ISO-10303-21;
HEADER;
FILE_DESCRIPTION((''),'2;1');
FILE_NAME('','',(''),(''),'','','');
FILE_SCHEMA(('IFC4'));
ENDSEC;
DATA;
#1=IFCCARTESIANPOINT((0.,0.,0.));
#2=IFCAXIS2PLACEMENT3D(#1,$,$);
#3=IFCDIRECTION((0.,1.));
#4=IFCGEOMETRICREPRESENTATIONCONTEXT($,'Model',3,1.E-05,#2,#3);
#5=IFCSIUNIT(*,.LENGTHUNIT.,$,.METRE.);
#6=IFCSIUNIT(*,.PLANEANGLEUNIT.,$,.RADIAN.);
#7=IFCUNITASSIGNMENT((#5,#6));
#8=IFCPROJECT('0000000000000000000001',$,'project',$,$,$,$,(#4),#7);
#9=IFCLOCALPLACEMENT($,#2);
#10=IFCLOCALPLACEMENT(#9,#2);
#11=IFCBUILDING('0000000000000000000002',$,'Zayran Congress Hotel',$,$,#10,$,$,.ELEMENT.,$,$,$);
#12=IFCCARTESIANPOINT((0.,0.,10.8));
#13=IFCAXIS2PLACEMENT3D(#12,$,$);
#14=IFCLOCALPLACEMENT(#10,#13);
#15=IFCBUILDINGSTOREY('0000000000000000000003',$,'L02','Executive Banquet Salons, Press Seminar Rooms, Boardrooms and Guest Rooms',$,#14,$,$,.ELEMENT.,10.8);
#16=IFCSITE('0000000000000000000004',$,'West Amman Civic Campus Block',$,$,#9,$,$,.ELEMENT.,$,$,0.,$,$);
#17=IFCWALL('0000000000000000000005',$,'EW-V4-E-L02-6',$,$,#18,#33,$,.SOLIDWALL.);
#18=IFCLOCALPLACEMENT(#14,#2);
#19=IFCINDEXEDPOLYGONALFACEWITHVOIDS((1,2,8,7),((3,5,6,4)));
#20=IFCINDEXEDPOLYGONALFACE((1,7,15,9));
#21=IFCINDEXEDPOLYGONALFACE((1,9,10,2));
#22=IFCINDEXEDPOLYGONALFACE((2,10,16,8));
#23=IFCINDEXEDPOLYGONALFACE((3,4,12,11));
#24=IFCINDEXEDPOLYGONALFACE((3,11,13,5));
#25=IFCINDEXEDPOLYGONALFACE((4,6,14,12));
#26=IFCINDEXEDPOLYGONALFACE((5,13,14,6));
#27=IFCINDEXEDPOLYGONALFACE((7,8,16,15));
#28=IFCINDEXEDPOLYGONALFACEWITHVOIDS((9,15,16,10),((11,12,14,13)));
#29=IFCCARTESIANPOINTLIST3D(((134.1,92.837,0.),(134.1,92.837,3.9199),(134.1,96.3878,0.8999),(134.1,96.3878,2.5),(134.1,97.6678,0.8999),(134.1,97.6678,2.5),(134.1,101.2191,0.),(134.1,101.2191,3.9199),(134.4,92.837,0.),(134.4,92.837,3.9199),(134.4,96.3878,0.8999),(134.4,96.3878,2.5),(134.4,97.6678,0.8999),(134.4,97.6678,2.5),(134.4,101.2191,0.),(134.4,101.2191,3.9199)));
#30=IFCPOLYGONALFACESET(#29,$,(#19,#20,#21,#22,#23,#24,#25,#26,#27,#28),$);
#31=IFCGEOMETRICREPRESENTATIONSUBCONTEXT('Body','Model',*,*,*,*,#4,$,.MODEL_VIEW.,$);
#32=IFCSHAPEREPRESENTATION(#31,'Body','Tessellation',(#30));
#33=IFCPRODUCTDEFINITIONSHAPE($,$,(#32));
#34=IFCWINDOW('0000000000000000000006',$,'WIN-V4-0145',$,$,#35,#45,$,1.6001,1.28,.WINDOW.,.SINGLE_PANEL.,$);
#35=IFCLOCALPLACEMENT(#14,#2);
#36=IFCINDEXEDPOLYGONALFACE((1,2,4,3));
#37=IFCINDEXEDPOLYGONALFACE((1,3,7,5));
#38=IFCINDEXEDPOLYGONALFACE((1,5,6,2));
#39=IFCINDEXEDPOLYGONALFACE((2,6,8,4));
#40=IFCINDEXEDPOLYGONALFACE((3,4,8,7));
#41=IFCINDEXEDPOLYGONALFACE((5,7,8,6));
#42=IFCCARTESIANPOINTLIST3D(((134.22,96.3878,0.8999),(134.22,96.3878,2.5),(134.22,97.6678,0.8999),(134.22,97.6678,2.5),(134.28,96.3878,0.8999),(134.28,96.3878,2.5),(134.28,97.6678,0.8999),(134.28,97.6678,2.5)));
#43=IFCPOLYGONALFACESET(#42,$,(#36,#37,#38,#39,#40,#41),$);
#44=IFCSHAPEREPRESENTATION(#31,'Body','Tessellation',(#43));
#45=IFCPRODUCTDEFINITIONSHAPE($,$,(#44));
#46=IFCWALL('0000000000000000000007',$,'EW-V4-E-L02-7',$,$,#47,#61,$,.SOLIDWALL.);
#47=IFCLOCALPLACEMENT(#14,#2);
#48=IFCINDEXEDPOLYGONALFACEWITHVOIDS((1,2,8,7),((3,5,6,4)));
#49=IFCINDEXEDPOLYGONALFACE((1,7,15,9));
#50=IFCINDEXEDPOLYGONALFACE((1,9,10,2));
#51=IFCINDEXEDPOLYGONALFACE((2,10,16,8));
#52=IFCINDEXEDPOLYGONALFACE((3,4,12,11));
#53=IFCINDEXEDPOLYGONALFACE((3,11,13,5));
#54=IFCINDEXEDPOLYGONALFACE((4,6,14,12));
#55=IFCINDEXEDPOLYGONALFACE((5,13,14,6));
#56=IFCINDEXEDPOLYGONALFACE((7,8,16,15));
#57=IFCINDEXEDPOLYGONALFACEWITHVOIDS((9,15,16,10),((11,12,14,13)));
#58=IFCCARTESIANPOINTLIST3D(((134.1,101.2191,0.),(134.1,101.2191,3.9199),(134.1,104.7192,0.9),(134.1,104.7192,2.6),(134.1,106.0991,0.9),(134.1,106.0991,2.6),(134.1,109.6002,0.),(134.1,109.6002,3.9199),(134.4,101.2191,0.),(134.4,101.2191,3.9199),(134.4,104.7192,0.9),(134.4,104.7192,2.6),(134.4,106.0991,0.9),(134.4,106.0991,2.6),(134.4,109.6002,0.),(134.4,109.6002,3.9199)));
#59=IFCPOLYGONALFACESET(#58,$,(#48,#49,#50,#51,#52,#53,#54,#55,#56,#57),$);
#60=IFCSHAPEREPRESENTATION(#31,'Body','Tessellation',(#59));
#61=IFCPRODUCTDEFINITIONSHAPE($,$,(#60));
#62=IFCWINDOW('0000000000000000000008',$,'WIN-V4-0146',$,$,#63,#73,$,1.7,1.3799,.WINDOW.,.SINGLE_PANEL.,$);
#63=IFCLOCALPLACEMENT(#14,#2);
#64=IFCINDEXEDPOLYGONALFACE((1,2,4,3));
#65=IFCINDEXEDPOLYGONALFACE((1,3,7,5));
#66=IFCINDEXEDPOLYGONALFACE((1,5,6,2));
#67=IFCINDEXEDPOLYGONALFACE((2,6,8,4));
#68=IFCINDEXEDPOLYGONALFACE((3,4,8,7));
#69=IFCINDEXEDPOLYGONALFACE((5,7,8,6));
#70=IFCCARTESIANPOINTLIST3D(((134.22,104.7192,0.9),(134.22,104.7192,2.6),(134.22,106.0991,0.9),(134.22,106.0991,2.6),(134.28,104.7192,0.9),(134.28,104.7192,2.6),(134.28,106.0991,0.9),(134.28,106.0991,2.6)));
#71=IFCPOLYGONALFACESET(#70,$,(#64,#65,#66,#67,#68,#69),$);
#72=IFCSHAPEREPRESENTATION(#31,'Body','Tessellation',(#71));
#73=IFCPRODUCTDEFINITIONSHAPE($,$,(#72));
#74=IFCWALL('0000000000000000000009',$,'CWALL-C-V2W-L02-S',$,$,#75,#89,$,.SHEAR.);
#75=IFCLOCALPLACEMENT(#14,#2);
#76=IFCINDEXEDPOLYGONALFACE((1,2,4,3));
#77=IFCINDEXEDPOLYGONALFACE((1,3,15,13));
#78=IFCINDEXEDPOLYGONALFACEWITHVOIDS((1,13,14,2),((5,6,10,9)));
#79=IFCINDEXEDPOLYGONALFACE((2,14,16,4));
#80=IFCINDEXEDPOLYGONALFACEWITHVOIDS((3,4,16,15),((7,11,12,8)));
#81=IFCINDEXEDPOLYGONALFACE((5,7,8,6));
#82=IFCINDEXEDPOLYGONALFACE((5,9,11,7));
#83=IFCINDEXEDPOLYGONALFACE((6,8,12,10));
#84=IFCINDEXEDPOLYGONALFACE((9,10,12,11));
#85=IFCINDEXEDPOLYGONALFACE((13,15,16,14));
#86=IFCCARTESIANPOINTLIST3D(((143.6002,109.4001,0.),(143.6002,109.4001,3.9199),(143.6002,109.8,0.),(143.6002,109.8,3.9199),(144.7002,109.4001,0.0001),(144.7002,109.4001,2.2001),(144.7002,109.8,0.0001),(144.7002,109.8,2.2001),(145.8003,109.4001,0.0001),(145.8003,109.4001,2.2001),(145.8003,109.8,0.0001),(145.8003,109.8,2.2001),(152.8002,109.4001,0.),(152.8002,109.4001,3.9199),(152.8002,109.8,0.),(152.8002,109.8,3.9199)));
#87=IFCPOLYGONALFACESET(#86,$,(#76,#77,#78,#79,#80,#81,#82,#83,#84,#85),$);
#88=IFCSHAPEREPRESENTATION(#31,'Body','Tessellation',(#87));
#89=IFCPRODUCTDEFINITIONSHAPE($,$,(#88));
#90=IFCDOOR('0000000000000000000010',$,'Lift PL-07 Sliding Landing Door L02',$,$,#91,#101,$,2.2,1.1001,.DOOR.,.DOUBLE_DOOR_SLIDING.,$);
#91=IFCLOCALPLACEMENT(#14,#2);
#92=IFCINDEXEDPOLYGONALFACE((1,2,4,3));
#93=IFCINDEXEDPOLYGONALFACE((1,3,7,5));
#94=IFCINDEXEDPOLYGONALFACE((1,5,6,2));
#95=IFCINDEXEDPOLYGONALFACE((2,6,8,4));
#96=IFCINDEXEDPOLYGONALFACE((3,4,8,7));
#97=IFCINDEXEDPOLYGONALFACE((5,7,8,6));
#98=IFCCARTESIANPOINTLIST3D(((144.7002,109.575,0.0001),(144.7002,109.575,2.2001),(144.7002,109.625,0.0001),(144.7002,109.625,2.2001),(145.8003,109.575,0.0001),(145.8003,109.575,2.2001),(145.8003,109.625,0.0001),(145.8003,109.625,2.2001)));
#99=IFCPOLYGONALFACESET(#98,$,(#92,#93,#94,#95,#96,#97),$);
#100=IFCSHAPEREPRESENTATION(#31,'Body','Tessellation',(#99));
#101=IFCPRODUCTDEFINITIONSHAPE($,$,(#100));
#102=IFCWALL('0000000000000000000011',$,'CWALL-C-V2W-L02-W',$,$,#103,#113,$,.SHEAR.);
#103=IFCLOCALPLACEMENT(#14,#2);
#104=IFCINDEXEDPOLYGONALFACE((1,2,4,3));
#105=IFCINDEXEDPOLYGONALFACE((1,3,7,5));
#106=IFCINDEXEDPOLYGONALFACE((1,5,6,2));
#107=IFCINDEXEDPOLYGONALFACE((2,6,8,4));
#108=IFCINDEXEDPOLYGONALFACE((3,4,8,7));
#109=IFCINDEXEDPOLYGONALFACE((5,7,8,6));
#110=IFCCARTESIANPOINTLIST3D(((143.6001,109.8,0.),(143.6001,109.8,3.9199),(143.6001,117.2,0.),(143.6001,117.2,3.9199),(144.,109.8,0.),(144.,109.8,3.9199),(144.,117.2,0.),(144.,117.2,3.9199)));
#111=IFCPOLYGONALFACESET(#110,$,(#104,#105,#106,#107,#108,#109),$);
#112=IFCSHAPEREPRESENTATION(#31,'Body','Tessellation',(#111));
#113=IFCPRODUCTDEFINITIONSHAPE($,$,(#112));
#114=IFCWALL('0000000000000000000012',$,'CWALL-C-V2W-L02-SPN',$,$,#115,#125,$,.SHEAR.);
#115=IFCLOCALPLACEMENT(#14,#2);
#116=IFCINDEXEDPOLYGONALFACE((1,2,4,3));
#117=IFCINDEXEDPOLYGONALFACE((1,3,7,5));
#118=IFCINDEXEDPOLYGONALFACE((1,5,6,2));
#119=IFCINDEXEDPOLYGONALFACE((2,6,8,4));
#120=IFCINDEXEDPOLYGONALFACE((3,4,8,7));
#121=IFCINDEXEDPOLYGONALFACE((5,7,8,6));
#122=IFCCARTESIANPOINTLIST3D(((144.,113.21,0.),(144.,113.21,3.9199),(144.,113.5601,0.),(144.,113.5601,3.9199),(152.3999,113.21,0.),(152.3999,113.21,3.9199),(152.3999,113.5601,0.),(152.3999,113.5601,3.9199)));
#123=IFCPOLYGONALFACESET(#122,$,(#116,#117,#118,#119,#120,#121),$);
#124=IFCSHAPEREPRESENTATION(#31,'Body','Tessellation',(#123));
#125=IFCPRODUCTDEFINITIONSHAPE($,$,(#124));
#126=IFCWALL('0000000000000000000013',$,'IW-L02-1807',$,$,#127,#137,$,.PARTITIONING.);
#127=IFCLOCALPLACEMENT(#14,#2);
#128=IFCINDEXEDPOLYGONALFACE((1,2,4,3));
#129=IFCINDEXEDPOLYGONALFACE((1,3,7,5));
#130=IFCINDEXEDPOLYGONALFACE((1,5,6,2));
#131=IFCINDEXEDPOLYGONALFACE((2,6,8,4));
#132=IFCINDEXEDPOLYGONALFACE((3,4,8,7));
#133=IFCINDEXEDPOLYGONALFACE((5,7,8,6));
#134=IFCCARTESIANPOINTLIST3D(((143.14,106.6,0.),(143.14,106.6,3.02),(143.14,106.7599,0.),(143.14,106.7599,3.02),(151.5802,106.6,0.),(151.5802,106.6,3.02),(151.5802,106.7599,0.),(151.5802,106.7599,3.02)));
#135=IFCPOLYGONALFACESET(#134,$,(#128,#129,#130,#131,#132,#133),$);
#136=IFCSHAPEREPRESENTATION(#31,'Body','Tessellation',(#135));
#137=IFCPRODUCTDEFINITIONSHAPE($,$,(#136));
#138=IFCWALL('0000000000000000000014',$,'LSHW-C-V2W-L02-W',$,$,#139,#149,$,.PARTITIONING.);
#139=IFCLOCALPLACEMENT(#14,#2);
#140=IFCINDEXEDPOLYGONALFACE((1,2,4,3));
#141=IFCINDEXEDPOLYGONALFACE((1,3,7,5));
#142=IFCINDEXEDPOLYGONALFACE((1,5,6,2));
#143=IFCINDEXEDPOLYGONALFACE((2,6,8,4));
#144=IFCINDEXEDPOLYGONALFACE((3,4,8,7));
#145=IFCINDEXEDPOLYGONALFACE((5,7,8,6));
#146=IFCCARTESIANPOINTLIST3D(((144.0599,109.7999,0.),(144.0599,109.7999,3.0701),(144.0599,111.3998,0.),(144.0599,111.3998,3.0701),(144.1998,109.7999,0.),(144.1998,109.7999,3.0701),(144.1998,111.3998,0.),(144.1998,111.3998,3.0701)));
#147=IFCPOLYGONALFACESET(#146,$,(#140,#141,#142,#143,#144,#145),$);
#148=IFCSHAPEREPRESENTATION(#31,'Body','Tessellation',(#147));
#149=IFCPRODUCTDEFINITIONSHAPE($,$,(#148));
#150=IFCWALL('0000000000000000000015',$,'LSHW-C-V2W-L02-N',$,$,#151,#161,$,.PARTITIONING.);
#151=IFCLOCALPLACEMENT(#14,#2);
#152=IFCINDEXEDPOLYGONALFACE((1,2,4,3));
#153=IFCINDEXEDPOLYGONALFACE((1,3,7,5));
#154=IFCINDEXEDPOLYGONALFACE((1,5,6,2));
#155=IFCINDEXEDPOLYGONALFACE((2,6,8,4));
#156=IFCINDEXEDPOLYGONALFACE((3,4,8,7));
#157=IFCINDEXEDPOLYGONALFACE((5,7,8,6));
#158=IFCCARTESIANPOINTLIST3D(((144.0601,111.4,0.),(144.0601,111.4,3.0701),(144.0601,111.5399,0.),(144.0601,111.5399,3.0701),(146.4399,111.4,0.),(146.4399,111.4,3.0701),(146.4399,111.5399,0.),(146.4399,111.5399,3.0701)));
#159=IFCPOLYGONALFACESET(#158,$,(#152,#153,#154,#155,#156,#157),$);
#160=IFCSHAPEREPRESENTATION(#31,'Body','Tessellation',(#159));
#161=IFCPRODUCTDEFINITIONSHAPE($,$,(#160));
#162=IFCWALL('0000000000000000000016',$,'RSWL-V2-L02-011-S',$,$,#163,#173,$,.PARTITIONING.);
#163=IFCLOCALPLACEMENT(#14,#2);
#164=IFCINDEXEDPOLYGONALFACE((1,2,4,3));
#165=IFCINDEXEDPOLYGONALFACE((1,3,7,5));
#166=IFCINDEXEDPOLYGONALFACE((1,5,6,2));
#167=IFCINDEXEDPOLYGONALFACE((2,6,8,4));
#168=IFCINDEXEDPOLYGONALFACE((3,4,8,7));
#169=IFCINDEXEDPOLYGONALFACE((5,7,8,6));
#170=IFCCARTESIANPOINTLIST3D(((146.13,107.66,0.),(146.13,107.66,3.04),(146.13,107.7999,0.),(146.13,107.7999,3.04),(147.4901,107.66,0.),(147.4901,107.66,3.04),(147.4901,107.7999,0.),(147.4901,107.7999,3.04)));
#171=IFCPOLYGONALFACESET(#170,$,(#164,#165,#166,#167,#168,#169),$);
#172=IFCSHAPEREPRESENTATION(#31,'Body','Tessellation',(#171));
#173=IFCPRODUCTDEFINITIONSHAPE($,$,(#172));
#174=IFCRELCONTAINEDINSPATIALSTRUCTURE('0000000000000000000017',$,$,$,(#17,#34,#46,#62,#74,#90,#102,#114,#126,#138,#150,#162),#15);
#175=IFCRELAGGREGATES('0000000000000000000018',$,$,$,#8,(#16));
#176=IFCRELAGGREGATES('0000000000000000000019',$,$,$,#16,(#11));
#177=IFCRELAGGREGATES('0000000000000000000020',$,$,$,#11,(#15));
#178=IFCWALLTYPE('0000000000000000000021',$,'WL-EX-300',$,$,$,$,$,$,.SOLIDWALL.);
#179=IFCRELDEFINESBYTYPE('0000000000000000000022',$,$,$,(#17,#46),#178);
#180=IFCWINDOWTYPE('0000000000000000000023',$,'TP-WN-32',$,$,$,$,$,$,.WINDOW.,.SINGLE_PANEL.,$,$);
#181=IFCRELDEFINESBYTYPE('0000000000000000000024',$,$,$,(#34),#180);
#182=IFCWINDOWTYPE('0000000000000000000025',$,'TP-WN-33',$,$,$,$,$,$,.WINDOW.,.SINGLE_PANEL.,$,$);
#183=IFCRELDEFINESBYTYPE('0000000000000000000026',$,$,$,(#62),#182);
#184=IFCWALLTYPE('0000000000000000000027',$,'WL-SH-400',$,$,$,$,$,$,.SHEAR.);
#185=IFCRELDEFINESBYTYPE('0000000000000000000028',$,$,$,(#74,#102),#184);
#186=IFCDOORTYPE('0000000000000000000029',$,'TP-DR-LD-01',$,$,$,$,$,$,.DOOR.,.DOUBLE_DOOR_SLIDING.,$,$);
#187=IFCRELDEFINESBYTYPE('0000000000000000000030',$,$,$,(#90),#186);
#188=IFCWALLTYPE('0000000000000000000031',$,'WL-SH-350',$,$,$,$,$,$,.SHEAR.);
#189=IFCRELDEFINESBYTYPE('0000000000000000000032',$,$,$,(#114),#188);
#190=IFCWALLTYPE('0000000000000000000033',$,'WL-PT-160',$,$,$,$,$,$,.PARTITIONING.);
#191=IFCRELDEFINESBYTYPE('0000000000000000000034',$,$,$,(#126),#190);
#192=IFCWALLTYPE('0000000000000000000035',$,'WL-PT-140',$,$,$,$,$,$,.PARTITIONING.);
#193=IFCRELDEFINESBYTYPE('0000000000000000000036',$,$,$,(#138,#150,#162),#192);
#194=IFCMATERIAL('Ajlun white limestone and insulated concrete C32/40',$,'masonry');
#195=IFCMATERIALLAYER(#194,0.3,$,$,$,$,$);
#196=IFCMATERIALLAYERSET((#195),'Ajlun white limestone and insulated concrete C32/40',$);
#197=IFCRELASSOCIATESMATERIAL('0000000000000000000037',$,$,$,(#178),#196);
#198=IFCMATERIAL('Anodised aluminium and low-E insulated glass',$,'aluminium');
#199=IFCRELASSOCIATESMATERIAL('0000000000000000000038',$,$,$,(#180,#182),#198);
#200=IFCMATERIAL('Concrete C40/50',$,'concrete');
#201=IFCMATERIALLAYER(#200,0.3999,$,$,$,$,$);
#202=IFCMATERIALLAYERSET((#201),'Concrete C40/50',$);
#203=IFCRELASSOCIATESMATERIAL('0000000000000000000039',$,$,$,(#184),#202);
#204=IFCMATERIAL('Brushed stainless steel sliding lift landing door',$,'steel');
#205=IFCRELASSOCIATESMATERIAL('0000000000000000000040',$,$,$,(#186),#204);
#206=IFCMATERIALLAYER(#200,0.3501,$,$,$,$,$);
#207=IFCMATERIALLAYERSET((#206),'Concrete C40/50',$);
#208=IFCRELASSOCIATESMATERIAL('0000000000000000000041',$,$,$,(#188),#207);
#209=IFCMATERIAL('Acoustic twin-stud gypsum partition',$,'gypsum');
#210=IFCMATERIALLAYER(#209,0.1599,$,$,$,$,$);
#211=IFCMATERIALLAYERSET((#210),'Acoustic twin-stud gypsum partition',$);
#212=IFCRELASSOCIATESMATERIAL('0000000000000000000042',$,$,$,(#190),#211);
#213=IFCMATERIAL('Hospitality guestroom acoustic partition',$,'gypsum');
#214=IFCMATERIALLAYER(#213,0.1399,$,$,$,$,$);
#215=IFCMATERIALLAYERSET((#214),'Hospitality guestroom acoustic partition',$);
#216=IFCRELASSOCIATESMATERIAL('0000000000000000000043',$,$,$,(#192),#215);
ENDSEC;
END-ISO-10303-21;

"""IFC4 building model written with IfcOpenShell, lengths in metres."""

from ifc_helpers import new_model, si_unit, direction, frame, frame_2d, origin, place, context, subcontext, project, spatial, rectangle, extrude, material, layer, layer_set, type_object, element, fill, save


model = new_model("IFC4")

# Units and contexts
model_context = context("Model", 3, precision=1e-05, world=origin(), true_north=direction((0.0, 1.0)))
body_context = subcontext(model_context, "Body", "Model", "MODEL_VIEW")
ifc_project = project(units=[si_unit("LENGTHUNIT", "METRE"), si_unit("PLANEANGLEUNIT", "RADIAN")], contexts=[model_context])

# Site, building, storey
site_placement = place(None, origin())
site = spatial("IfcSite", under=ifc_project, at=site_placement, Name="West Amman Civic Campus Block", CompositionType="ELEMENT", RefElevation=0.0)
building_placement = place(site_placement, origin())
building = spatial("IfcBuilding", under=site, at=building_placement, Name="Zayran Congress Hotel", CompositionType="ELEMENT")
storey_placement = place(building_placement, frame((0.0, 0.0, 10.8)))
storey = spatial("IfcBuildingStorey", under=building, at=storey_placement, Name="L02", Description="Executive Banquet Salons, Press Seminar Rooms, Boardrooms and Guest Rooms", CompositionType="ELEMENT", Elevation=10.8)

# Shared definitions
ifc_material_1 = material(Name="Concrete C40/50", Category="concrete")

# Walls, openings, windows
ifc_material_2 = material(Name="Anodised aluminium and low-E insulated glass", Category="aluminium")
ifc_material_3 = material(Name="Ajlun white limestone and insulated concrete C32/40", Category="masonry")
ifc_layer_1 = layer(ifc_material_3, 0.3)
ifc_layer_set_1 = layer_set([ifc_layer_1], Name="Ajlun white limestone and insulated concrete C32/40")
wall_type_1 = type_object("IfcWallType", Name="WL-EX-300", PredefinedType="SOLIDWALL", material=ifc_layer_set_1)
wall_1_placement = place(storey_placement, frame((134.25, 101.219, 0.0), z_axis=(0.0, 0.0, 1.0), x_axis=(0.0, -1.0, 0.0)))
wall_1 = element("IfcWall", 1, at=wall_1_placement, inside=storey, type_object=wall_type_1, Name="EW-V4-E-L02-6", PredefinedType="SOLIDWALL", context=body_context, shape_type="SweptSolid", body=[
    extrude(rectangle(XDim=8.3821, YDim=0.3, at=frame_2d((4.1909, 0.0))), origin(), (0.0, 0.0, 1.0), 3.9199),
])
opening_1_placement = place(wall_1_placement, frame((3.551, 0.0, 0.8999)))
opening_1 = element("IfcOpeningElement", 2, at=opening_1_placement, cuts=wall_1, PredefinedType="OPENING", context=body_context, shape_type="SweptSolid", body=[
    extrude(rectangle(XDim=1.28, YDim=1.6001, at=frame_2d((0.6401, 0.8))), frame((0.0, 0.1599, 0.0), z_axis=(0.0, -1.0, 0.0), x_axis=(1.0, 0.0, 0.0)), (0.0, 0.0, 1.0), 0.3201),
])
window_type_1 = type_object("IfcWindowType", Name="TP-WN-32", PartitioningType="SINGLE_PANEL", PredefinedType="WINDOW", material=ifc_material_2)
window_1_placement = place(opening_1_placement, origin())
window_1 = element("IfcWindow", 3, at=window_1_placement, inside=storey, type_object=window_type_1, Name="WIN-V4-0145", OverallHeight=1.6001, OverallWidth=1.28, PartitioningType="SINGLE_PANEL", PredefinedType="WINDOW", context=body_context, shape_type="SweptSolid", body=[
    extrude(rectangle(XDim=1.28, YDim=1.6001, at=frame_2d((0.6401, 0.8))), frame((0.0, 0.03, 0.0), z_axis=(0.0, -1.0, 0.0), x_axis=(1.0, 0.0, 0.0)), (0.0, 0.0, 1.0), 0.0601),
])
fill(opening_1, window_1)
wall_2_placement = place(storey_placement, frame((134.25, 109.6001, 0.0), z_axis=(0.0, 0.0, 1.0), x_axis=(0.0, -1.0, 0.0)))
wall_2 = element("IfcWall", 4, at=wall_2_placement, inside=storey, type_object=wall_type_1, Name="EW-V4-E-L02-7", PredefinedType="SOLIDWALL", context=body_context, shape_type="SweptSolid", body=[
    extrude(rectangle(XDim=8.3811, YDim=0.3, at=frame_2d((4.1904, 0.0))), origin(), (0.0, 0.0, 1.0), 3.9199),
])
opening_2_placement = place(wall_2_placement, frame((3.501, 0.0, 0.8999)))
opening_2 = element("IfcOpeningElement", 5, at=opening_2_placement, cuts=wall_2, PredefinedType="OPENING", context=body_context, shape_type="SweptSolid", body=[
    extrude(rectangle(XDim=1.3799, YDim=1.7, at=frame_2d((0.6899, 0.8501))), frame((0.0, 0.1599, 0.0), z_axis=(0.0, -1.0, 0.0), x_axis=(1.0, 0.0, 0.0)), (0.0, 0.0, 1.0), 0.3201),
])
window_type_2 = type_object("IfcWindowType", Name="TP-WN-33", PartitioningType="SINGLE_PANEL", PredefinedType="WINDOW", material=ifc_material_2)
window_2_placement = place(opening_2_placement, origin())
window_2 = element("IfcWindow", 6, at=window_2_placement, inside=storey, type_object=window_type_2, Name="WIN-V4-0146", OverallHeight=1.7, OverallWidth=1.3799, PartitioningType="SINGLE_PANEL", PredefinedType="WINDOW", context=body_context, shape_type="SweptSolid", body=[
    extrude(rectangle(XDim=1.3799, YDim=1.7, at=frame_2d((0.6899, 0.8501))), frame((0.0, 0.03, 0.0), z_axis=(0.0, -1.0, 0.0), x_axis=(1.0, 0.0, 0.0)), (0.0, 0.0, 1.0), 0.0601),
])
fill(opening_2, window_2)

# Wall, opening, door
ifc_layer_2 = layer(ifc_material_1, 0.3999)
ifc_layer_set_2 = layer_set([ifc_layer_2], Name="Concrete C40/50")
wall_type_2 = type_object("IfcWallType", Name="WL-SH-400", PredefinedType="SHEAR", material=ifc_layer_set_2)
wall_3_placement = place(storey_placement, frame((143.6001, 109.6001, 0.0), z_axis=(0.0, 0.0, 1.0), x_axis=(1.0, 0.0, 0.0)))
wall_3 = element("IfcWall", 7, at=wall_3_placement, inside=storey, type_object=wall_type_2, Name="CWALL-C-V2W-L02-S", PredefinedType="SHEAR", context=body_context, shape_type="SweptSolid", body=[
    extrude(rectangle(XDim=9.2, YDim=0.3999, at=frame_2d((4.6001, 0.0))), origin(), (0.0, 0.0, 1.0), 3.9199),
])
opening_3_placement = place(wall_3_placement, frame((1.1001, 0.0, 0.0)))
opening_3 = element("IfcOpeningElement", 8, at=opening_3_placement, cuts=wall_3, PredefinedType="OPENING", context=body_context, shape_type="SweptSolid", body=[
    extrude(rectangle(XDim=1.1001, YDim=2.2, at=frame_2d((0.55, 1.1001))), frame((0.0, 0.21, 0.0), z_axis=(0.0, -1.0, 0.0), x_axis=(1.0, 0.0, 0.0)), (0.0, 0.0, 1.0), 0.4199),
])
ifc_material_4 = material(Name="Brushed stainless steel sliding lift landing door", Category="steel")
door_type = type_object("IfcDoorType", Name="TP-DR-LD-01", OperationType="DOUBLE_DOOR_SLIDING", PredefinedType="DOOR", material=ifc_material_4)
door_placement = place(opening_3_placement, origin())
door = element("IfcDoor", 9, at=door_placement, inside=storey, type_object=door_type, Name="Lift PL-07 Sliding Landing Door L02", OperationType="DOUBLE_DOOR_SLIDING", OverallHeight=2.2, OverallWidth=1.1001, PredefinedType="DOOR", context=body_context, shape_type="SweptSolid", body=[
    extrude(rectangle(XDim=1.1001, YDim=2.2, at=frame_2d((0.55, 1.1001))), frame((0.0, 0.0249, 0.0), z_axis=(0.0, -1.0, 0.0), x_axis=(1.0, 0.0, 0.0)), (0.0, 0.0, 1.0), 0.05),
])
fill(opening_3, door)

# Walls
wall_4_placement = place(storey_placement, frame((143.8, 117.2, 0.0), z_axis=(0.0, 0.0, 1.0), x_axis=(0.0, -1.0, 0.0)))
element("IfcWall", 10, at=wall_4_placement, inside=storey, type_object=wall_type_2, Name="CWALL-C-V2W-L02-W", PredefinedType="SHEAR", context=body_context, shape_type="SweptSolid", body=[
    extrude(rectangle(XDim=7.3999, YDim=0.3999, at=frame_2d((3.7, 0.0))), origin(), (0.0, 0.0, 1.0), 3.9199),
])
ifc_layer_3 = layer(ifc_material_1, 0.3501)
ifc_layer_set_3 = layer_set([ifc_layer_3], Name="Concrete C40/50")
wall_type_3 = type_object("IfcWallType", Name="WL-SH-350", PredefinedType="SHEAR", material=ifc_layer_set_3)
wall_5_placement = place(storey_placement, frame((144.0, 113.385, 0.0), z_axis=(0.0, 0.0, 1.0), x_axis=(1.0, 0.0, 0.0)))
element("IfcWall", 11, at=wall_5_placement, inside=storey, type_object=wall_type_3, Name="CWALL-C-V2W-L02-SPN", PredefinedType="SHEAR", context=body_context, shape_type="SweptSolid", body=[
    extrude(rectangle(XDim=8.3999, YDim=0.3501, at=frame_2d((4.2, 0.0))), origin(), (0.0, 0.0, 1.0), 3.9199),
])
ifc_material_5 = material(Name="Acoustic twin-stud gypsum partition", Category="gypsum")
ifc_layer_4 = layer(ifc_material_5, 0.1599)
ifc_layer_set_4 = layer_set([ifc_layer_4], Name="Acoustic twin-stud gypsum partition")
wall_type_4 = type_object("IfcWallType", Name="WL-PT-160", PredefinedType="PARTITIONING", material=ifc_layer_set_4)
wall_6_placement = place(storey_placement, frame((143.1399, 106.6799, 0.0), z_axis=(0.0, 0.0, 1.0), x_axis=(1.0, 0.0, 0.0)))
element("IfcWall", 12, at=wall_6_placement, inside=storey, type_object=wall_type_4, Name="IW-L02-1807", PredefinedType="PARTITIONING", context=body_context, shape_type="SweptSolid", body=[
    extrude(rectangle(XDim=8.4402, YDim=0.1599, at=frame_2d((4.2202, 0.0))), origin(), (0.0, 0.0, 1.0), 3.02),
])
ifc_material_6 = material(Name="Hospitality guestroom acoustic partition", Category="gypsum")
ifc_layer_5 = layer(ifc_material_6, 0.1399)
ifc_layer_set_5 = layer_set([ifc_layer_5], Name="Hospitality guestroom acoustic partition")
wall_type_5 = type_object("IfcWallType", Name="WL-PT-140", PredefinedType="PARTITIONING", material=ifc_layer_set_5)
wall_7_placement = place(storey_placement, frame((144.1299, 109.8, 0.0), z_axis=(0.0, 0.0, 1.0), x_axis=(0.0, 1.0, 0.0)))
element("IfcWall", 13, at=wall_7_placement, inside=storey, type_object=wall_type_5, Name="LSHW-C-V2W-L02-W", PredefinedType="PARTITIONING", context=body_context, shape_type="SweptSolid", body=[
    extrude(rectangle(XDim=1.5999, YDim=0.1399, at=frame_2d((0.7998, 0.0))), origin(), (0.0, 0.0, 1.0), 3.0701),
])
wall_8_placement = place(storey_placement, frame((144.0601, 111.47, 0.0), z_axis=(0.0, 0.0, 1.0), x_axis=(1.0, 0.0, 0.0)))
element("IfcWall", 14, at=wall_8_placement, inside=storey, type_object=wall_type_5, Name="LSHW-C-V2W-L02-N", PredefinedType="PARTITIONING", context=body_context, shape_type="SweptSolid", body=[
    extrude(rectangle(XDim=2.3799, YDim=0.1399, at=frame_2d((1.1899, 0.0))), origin(), (0.0, 0.0, 1.0), 3.0701),
])
wall_9_placement = place(storey_placement, frame((146.1299, 107.73, 0.0), z_axis=(0.0, 0.0, 1.0), x_axis=(1.0, 0.0, 0.0)))
element("IfcWall", 15, at=wall_9_placement, inside=storey, type_object=wall_type_5, Name="RSWL-V2-L02-011-S", PredefinedType="PARTITIONING", context=body_context, shape_type="SweptSolid", body=[
    extrude(rectangle(XDim=1.3601, YDim=0.1399, at=frame_2d((0.6802, 0.0))), origin(), (0.0, 0.0, 1.0), 3.04),
])

save(model, "model.ifc")
